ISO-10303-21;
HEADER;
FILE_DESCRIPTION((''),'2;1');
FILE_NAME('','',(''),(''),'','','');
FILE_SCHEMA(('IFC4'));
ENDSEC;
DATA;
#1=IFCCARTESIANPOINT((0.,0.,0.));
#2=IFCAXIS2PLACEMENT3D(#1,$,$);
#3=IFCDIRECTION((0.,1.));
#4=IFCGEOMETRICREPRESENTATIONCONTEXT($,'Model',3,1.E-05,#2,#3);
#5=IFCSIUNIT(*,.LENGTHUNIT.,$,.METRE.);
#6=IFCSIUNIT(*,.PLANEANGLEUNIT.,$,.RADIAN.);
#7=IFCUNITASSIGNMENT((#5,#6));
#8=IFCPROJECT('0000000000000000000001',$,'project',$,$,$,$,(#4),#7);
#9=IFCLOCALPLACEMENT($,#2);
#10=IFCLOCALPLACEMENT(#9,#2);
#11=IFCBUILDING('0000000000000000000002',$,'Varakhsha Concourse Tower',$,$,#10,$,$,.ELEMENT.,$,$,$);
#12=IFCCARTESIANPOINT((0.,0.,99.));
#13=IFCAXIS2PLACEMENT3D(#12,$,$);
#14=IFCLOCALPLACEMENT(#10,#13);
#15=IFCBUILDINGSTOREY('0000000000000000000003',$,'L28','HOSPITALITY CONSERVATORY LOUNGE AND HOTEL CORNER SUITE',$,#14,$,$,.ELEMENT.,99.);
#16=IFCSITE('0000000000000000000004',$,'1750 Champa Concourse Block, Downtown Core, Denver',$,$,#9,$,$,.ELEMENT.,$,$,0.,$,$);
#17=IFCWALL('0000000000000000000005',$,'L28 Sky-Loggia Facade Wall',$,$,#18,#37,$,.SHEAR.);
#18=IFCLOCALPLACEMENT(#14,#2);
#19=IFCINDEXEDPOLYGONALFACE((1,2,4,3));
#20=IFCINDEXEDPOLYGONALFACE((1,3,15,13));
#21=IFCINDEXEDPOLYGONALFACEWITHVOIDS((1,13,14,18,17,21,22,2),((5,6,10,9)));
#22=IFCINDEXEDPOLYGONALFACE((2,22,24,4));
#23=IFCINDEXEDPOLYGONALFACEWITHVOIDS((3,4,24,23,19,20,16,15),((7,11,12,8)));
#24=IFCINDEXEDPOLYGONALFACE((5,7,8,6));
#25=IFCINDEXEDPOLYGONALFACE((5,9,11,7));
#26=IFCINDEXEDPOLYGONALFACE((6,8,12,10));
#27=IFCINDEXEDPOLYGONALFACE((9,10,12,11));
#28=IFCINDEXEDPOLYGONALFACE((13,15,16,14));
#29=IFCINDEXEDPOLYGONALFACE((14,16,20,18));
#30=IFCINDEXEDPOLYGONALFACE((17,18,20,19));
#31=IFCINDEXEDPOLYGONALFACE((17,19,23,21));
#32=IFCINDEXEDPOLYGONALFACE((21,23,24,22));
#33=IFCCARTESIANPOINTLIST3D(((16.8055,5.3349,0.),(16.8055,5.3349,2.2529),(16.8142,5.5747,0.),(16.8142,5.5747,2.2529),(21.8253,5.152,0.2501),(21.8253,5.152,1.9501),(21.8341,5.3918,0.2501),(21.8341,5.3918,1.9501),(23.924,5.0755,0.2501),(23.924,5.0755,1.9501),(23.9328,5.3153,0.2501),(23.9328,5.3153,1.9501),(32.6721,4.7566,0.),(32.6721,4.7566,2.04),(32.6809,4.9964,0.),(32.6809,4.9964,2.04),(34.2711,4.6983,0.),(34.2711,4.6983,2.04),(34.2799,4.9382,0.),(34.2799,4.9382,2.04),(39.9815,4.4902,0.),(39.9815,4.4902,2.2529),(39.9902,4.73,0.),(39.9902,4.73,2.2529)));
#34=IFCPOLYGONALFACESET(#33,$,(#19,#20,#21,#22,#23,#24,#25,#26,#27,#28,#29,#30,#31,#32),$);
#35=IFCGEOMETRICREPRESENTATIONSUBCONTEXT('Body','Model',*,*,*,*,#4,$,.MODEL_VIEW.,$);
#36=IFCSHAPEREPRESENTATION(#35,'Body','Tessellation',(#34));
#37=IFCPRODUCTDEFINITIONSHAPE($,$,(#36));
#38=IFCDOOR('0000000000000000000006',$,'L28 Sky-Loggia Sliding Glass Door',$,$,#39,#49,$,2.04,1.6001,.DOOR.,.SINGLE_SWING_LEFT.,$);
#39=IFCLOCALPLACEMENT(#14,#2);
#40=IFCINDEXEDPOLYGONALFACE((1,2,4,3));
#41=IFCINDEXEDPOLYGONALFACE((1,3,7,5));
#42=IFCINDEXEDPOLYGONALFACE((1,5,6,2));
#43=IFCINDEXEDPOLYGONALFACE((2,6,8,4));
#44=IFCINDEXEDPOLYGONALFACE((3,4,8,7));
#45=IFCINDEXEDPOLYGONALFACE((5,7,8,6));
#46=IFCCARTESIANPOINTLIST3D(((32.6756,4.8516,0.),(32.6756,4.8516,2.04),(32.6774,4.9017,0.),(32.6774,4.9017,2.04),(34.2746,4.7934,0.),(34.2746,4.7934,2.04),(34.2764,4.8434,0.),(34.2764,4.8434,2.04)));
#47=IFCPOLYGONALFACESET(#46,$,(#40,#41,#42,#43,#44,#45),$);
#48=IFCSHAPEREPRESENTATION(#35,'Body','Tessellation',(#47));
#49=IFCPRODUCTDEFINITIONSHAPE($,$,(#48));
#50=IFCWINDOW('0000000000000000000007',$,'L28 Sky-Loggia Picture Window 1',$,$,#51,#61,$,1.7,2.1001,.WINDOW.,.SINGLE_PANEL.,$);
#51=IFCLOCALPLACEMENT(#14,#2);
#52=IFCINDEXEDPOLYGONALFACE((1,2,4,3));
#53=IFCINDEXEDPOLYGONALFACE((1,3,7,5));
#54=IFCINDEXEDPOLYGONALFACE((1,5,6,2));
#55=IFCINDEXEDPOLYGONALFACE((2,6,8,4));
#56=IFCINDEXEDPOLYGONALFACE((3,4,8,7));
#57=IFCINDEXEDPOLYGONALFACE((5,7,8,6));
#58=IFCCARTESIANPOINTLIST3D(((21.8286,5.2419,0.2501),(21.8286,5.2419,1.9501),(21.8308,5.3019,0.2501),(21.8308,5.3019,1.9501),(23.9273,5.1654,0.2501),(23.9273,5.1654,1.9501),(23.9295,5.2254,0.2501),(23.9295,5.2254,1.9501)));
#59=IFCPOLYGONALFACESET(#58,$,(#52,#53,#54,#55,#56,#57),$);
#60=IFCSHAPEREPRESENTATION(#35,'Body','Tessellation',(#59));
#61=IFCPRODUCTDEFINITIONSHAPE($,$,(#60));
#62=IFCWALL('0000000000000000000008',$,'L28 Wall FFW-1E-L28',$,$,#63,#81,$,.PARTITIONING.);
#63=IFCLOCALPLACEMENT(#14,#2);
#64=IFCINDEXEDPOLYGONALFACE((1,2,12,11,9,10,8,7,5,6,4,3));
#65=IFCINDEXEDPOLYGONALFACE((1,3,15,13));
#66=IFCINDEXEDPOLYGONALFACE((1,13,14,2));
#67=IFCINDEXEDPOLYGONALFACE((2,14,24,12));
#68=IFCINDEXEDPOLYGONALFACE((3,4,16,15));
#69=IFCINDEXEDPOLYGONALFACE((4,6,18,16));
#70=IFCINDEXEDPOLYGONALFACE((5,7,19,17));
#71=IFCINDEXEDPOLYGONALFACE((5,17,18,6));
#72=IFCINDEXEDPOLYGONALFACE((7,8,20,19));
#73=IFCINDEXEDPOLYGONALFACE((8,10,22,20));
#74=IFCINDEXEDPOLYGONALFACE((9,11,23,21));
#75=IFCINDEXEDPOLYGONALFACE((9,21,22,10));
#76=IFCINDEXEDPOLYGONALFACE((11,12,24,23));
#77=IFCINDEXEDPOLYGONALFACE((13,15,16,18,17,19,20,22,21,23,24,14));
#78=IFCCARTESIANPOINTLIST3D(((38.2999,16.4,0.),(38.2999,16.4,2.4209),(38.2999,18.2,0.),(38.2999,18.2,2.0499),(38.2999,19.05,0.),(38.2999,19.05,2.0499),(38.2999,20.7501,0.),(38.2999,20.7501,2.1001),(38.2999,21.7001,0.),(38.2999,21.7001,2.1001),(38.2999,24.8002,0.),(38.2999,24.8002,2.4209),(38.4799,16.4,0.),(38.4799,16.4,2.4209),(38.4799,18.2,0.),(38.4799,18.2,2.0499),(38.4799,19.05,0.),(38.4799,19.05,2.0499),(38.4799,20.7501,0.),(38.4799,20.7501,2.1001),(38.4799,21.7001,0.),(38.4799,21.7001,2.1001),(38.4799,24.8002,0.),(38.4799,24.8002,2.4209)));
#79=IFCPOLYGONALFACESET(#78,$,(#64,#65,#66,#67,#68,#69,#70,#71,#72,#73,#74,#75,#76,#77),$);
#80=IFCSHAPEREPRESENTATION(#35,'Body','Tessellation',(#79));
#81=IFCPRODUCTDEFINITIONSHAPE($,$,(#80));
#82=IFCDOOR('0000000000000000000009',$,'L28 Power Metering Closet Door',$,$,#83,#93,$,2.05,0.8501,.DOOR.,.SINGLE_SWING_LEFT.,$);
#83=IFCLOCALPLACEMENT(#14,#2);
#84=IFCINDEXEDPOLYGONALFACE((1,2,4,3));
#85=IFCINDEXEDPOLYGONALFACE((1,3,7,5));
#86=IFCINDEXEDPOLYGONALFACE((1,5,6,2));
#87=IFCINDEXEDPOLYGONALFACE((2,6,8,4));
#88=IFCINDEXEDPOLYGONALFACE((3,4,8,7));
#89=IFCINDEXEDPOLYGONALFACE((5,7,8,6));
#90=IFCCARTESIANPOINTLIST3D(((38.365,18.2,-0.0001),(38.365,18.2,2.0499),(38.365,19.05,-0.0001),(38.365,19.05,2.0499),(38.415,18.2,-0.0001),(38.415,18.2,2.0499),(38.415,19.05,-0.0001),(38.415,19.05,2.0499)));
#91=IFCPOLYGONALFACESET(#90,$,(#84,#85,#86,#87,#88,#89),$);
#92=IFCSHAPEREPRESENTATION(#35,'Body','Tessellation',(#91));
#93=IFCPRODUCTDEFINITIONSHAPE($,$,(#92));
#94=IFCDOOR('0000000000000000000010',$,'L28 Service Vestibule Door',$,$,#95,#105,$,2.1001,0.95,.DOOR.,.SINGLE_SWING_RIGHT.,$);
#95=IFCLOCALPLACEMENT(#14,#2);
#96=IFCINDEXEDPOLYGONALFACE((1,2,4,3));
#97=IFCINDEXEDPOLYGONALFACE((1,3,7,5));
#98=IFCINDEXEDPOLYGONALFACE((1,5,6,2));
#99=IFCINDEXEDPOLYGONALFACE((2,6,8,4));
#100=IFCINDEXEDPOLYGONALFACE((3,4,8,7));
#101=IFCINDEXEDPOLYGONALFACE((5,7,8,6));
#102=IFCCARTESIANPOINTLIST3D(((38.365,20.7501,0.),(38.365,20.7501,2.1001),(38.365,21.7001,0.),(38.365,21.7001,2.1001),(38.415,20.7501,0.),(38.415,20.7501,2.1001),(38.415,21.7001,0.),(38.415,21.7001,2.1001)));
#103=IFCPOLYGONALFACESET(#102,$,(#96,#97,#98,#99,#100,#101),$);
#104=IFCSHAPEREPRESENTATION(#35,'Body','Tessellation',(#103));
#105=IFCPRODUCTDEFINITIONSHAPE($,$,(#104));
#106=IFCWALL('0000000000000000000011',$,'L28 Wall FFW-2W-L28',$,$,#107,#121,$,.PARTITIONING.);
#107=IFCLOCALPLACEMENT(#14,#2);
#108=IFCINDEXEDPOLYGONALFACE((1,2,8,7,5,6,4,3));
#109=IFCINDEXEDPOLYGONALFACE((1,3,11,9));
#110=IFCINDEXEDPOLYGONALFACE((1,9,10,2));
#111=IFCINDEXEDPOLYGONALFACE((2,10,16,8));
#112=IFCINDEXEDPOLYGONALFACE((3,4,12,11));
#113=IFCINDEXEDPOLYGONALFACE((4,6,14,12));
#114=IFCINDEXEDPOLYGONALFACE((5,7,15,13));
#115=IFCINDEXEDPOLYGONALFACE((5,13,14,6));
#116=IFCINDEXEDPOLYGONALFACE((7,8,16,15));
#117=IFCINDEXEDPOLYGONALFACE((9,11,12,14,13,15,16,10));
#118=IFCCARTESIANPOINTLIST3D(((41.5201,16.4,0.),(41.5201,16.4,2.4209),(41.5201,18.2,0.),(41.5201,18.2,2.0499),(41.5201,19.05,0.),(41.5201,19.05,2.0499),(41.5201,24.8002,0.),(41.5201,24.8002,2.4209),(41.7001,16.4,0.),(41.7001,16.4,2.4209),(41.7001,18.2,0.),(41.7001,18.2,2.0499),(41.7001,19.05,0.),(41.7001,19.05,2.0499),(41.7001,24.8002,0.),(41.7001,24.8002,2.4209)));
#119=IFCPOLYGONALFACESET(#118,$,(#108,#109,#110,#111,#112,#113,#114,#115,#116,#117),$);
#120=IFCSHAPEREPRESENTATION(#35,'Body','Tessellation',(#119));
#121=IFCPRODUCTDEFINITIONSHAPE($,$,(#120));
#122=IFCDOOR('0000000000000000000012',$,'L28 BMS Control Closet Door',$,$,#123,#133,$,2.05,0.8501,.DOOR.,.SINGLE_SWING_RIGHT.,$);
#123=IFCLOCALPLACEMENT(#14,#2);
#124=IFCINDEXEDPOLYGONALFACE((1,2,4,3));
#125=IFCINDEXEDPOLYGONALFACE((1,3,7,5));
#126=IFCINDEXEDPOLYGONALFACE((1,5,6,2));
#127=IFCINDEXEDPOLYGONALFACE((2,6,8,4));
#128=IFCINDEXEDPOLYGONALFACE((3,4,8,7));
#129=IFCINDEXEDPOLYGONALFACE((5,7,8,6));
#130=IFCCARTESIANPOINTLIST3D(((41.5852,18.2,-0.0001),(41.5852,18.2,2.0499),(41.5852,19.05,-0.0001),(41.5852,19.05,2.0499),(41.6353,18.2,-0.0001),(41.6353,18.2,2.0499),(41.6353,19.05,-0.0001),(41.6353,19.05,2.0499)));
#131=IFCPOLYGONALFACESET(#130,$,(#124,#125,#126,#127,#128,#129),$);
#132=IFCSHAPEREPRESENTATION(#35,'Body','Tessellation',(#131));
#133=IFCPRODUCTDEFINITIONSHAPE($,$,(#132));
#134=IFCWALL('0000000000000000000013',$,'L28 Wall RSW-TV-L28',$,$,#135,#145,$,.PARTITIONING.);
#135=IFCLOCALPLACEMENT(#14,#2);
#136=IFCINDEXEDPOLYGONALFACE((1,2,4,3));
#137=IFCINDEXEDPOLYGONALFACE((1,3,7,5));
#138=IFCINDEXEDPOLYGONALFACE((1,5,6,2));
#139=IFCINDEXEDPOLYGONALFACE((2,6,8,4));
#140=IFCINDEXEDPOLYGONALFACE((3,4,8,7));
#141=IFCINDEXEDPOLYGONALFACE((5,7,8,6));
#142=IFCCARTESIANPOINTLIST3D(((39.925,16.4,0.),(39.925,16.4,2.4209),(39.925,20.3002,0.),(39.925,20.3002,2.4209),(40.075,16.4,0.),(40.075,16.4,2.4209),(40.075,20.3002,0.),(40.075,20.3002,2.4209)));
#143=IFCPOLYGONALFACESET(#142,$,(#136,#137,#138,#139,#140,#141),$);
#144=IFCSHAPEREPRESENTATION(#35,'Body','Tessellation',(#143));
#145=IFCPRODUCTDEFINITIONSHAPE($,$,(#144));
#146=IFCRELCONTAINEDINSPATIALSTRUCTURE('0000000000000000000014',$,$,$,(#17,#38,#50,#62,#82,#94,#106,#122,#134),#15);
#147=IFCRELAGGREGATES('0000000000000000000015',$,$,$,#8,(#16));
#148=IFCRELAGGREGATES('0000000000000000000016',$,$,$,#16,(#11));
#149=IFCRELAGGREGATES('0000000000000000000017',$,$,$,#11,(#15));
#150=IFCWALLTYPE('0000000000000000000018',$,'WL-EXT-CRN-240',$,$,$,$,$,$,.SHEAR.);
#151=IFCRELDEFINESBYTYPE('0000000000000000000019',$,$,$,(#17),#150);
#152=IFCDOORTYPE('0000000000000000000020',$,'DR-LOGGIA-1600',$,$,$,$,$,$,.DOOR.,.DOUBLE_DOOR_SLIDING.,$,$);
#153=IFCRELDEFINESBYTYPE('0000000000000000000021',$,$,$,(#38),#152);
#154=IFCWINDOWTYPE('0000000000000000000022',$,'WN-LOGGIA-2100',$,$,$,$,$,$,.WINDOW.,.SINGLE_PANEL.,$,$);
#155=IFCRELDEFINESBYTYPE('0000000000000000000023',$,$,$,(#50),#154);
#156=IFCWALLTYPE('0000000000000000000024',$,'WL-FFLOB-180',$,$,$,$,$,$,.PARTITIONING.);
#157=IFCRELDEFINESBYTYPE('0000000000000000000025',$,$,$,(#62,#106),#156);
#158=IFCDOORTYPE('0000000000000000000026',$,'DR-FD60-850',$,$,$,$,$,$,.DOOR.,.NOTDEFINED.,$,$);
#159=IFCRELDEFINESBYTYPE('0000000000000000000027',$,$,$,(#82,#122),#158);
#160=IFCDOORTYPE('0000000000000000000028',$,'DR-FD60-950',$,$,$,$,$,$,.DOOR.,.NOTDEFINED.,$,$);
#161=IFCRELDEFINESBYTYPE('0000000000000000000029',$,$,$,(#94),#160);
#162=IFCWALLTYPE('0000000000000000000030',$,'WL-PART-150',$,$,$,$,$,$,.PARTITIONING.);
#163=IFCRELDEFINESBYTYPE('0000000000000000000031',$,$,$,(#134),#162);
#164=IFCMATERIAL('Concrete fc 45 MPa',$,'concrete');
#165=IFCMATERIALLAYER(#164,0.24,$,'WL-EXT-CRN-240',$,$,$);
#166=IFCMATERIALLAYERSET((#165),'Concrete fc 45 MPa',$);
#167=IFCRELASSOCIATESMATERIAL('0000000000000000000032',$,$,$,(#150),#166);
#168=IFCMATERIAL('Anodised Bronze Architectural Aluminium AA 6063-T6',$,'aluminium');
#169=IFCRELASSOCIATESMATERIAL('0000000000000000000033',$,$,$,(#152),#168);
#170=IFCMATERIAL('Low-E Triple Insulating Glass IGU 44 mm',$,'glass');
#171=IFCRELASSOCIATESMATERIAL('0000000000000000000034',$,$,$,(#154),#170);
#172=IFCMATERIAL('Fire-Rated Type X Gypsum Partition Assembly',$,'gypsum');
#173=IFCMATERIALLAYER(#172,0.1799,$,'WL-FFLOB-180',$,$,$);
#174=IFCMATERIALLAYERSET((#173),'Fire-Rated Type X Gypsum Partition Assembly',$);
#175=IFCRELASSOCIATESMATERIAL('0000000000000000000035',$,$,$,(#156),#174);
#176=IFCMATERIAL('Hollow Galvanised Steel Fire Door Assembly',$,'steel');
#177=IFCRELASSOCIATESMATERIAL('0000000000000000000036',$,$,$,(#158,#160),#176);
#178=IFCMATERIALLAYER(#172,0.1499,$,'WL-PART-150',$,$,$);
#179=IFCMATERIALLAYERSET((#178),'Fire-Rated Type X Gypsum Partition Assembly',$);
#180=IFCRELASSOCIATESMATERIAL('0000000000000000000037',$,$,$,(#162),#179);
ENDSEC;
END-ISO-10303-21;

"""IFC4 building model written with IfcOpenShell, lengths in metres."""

from ifc_helpers import new_model, si_unit, direction, frame, frame_2d, origin, place, context, subcontext, project, spatial, rectangle, extrude, material, layer, layer_set, type_object, element, fill, save


model = new_model("IFC4")

# Units and contexts
model_context = context("Model", 3, precision=1e-05, world=origin(), true_north=direction((0.0, 1.0)))
body_context = subcontext(model_context, "Body", "Model", "MODEL_VIEW")
ifc_project = project(units=[si_unit("LENGTHUNIT", "METRE"), si_unit("PLANEANGLEUNIT", "RADIAN")], contexts=[model_context])

# Site, building, storey
site_placement = place(None, origin())
site = spatial("IfcSite", under=ifc_project, at=site_placement, Name="1750 Champa Concourse Block, Downtown Core, Denver", CompositionType="ELEMENT", RefElevation=0.0)
building_placement = place(site_placement, origin())
building = spatial("IfcBuilding", under=site, at=building_placement, Name="Varakhsha Concourse Tower", CompositionType="ELEMENT")
storey_placement = place(building_placement, frame((0.0, 0.0, 99.0)))
storey = spatial("IfcBuildingStorey", under=building, at=storey_placement, Name="L28", Description="HOSPITALITY CONSERVATORY LOUNGE AND HOTEL CORNER SUITE", CompositionType="ELEMENT", Elevation=99.0)

# Shared definitions
ifc_material_1 = material(Name="Anodised Bronze Architectural Aluminium AA 6063-T6", Category="aluminium")
ifc_material_2 = material(Name="Low-E Triple Insulating Glass IGU 44 mm", Category="glass")

# Wall, openings, door, window
ifc_material_3 = material(Name="Concrete fc 45 MPa", Category="concrete")
ifc_layer_1 = layer(ifc_material_3, 0.24, Name="WL-EXT-CRN-240")
ifc_layer_set_1 = layer_set([ifc_layer_1], Name="Concrete fc 45 MPa")
wall_type_1 = type_object("IfcWallType", Name="WL-EXT-CRN-240", PredefinedType="SHEAR", material=ifc_layer_set_1)
wall_1_placement = place(storey_placement, frame((39.9858, 4.6101, 0.0), z_axis=(0.0, 0.0, 1.0), x_axis=(-0.999336, 0.036424, 0.0)))
wall_1 = element("IfcWall", 1, at=wall_1_placement, inside=storey, type_object=wall_type_1, Name="L28 Sky-Loggia Facade Wall", PredefinedType="SHEAR", context=body_context, shape_type="SweptSolid", body=[
    extrude(rectangle(XDim=23.1914, YDim=0.24, at=frame_2d((11.5957, 0.0))), origin(), (0.0, 0.0, 1.0), 2.2529),
])
opening_1_placement = place(wall_1_placement, frame((5.7141, 0.0, 0.0)))
opening_1 = element("IfcOpeningElement", 2, at=opening_1_placement, cuts=wall_1, PredefinedType="OPENING", context=body_context, shape_type="SweptSolid", body=[
    extrude(rectangle(XDim=1.6001, YDim=2.04, at=frame_2d((0.8, 1.02))), frame((0.0, 0.1299, 0.0), z_axis=(0.0, -1.0, 0.0), x_axis=(1.0, 0.0, 0.0)), (0.0, 0.0, 1.0), 0.26),
])
opening_2_placement = place(wall_1_placement, frame((16.0681, 0.0, 0.25)))
opening_2 = element("IfcOpeningElement", 3, at=opening_2_placement, cuts=wall_1, PredefinedType="OPENING", context=body_context, shape_type="SweptSolid", body=[
    extrude(rectangle(XDim=2.1001, YDim=1.7, at=frame_2d((1.05, 0.8501))), frame((0.0, 0.1299, 0.0), z_axis=(0.0, -1.0, 0.0), x_axis=(1.0, 0.0, 0.0)), (0.0, 0.0, 1.0), 0.26),
])
door_type_1 = type_object("IfcDoorType", Name="DR-LOGGIA-1600", OperationType="DOUBLE_DOOR_SLIDING", PredefinedType="DOOR", material=ifc_material_1)
door_1_placement = place(opening_1_placement, origin())
door_1 = element("IfcDoor", 4, at=door_1_placement, inside=storey, type_object=door_type_1, Name="L28 Sky-Loggia Sliding Glass Door", OperationType="SINGLE_SWING_LEFT", OverallHeight=2.04, OverallWidth=1.6001, PredefinedType="DOOR", context=body_context, shape_type="SweptSolid", body=[
    extrude(rectangle(XDim=1.6001, YDim=2.04, at=frame_2d((0.8, 1.02))), frame((0.0, 0.0249, 0.0), z_axis=(0.0, -1.0, 0.0), x_axis=(1.0, 0.0, 0.0)), (0.0, 0.0, 1.0), 0.05),
])
fill(opening_1, door_1)
window_type = type_object("IfcWindowType", Name="WN-LOGGIA-2100", PartitioningType="SINGLE_PANEL", PredefinedType="WINDOW", material=ifc_material_2)
window_placement = place(opening_2_placement, origin())
window = element("IfcWindow", 5, at=window_placement, inside=storey, type_object=window_type, Name="L28 Sky-Loggia Picture Window 1", OverallHeight=1.7, OverallWidth=2.1001, PartitioningType="SINGLE_PANEL", PredefinedType="WINDOW", context=body_context, shape_type="SweptSolid", body=[
    extrude(rectangle(XDim=2.1001, YDim=1.7, at=frame_2d((1.05, 0.8501))), frame((0.0, 0.03, 0.0), z_axis=(0.0, -1.0, 0.0), x_axis=(1.0, 0.0, 0.0)), (0.0, 0.0, 1.0), 0.0601),
])
fill(opening_2, window)

# Wall, openings, doors
ifc_material_4 = material(Name="Fire-Rated Type X Gypsum Partition Assembly", Category="gypsum")
ifc_layer_2 = layer(ifc_material_4, 0.1799, Name="WL-FFLOB-180")
ifc_layer_set_2 = layer_set([ifc_layer_2], Name="Fire-Rated Type X Gypsum Partition Assembly")
wall_type_2 = type_object("IfcWallType", Name="WL-FFLOB-180", PredefinedType="PARTITIONING", material=ifc_layer_set_2)
wall_2_placement = place(storey_placement, frame((38.3899, 16.3999, 0.0), z_axis=(0.0, 0.0, 1.0), x_axis=(0.0, 1.0, 0.0)))
wall_2 = element("IfcWall", 6, at=wall_2_placement, inside=storey, type_object=wall_type_2, Name="L28 Wall FFW-1E-L28", PredefinedType="PARTITIONING", context=body_context, shape_type="SweptSolid", body=[
    extrude(rectangle(XDim=8.4001, YDim=0.1799, at=frame_2d((4.2002, 0.0))), origin(), (0.0, 0.0, 1.0), 2.4209),
])
opening_3_placement = place(wall_2_placement, frame((1.8, 0.0, 0.0)))
opening_3 = element("IfcOpeningElement", 7, at=opening_3_placement, cuts=wall_2, PredefinedType="OPENING", context=body_context, shape_type="SweptSolid", body=[
    extrude(rectangle(XDim=0.8501, YDim=2.05, at=frame_2d((0.425, 1.0249))), frame((0.0, 0.0999, 0.0), z_axis=(0.0, -1.0, 0.0), x_axis=(1.0, 0.0, 0.0)), (0.0, 0.0, 1.0), 0.2),
])
opening_4_placement = place(wall_2_placement, frame((4.3501, 0.0, 0.0)))
opening_4 = element("IfcOpeningElement", 8, at=opening_4_placement, cuts=wall_2, PredefinedType="OPENING", context=body_context, shape_type="SweptSolid", body=[
    extrude(rectangle(XDim=0.95, YDim=2.1001, at=frame_2d((0.4751, 1.05))), frame((0.0, 0.0999, 0.0), z_axis=(0.0, -1.0, 0.0), x_axis=(1.0, 0.0, 0.0)), (0.0, 0.0, 1.0), 0.2),
])
ifc_material_5 = material(Name="Hollow Galvanised Steel Fire Door Assembly", Category="steel")
door_type_2 = type_object("IfcDoorType", Name="DR-FD60-850", OperationType="NOTDEFINED", PredefinedType="DOOR", material=ifc_material_5)
door_2_placement = place(opening_3_placement, origin())
door_2 = element("IfcDoor", 9, at=door_2_placement, inside=storey, type_object=door_type_2, Name="L28 Power Metering Closet Door", OperationType="SINGLE_SWING_LEFT", OverallHeight=2.05, OverallWidth=0.8501, PredefinedType="DOOR", context=body_context, shape_type="SweptSolid", body=[
    extrude(rectangle(XDim=0.8501, YDim=2.05, at=frame_2d((0.425, 1.0249))), frame((0.0, 0.0249, 0.0), z_axis=(0.0, -1.0, 0.0), x_axis=(1.0, 0.0, 0.0)), (0.0, 0.0, 1.0), 0.05),
])
fill(opening_3, door_2)
door_type_3 = type_object("IfcDoorType", Name="DR-FD60-950", OperationType="NOTDEFINED", PredefinedType="DOOR", material=ifc_material_5)
door_3_placement = place(opening_4_placement, origin())
door_3 = element("IfcDoor", 10, at=door_3_placement, inside=storey, type_object=door_type_3, Name="L28 Service Vestibule Door", OperationType="SINGLE_SWING_RIGHT", OverallHeight=2.1001, OverallWidth=0.95, PredefinedType="DOOR", context=body_context, shape_type="SweptSolid", body=[
    extrude(rectangle(XDim=0.95, YDim=2.1001, at=frame_2d((0.4751, 1.05))), frame((0.0, 0.0249, 0.0), z_axis=(0.0, -1.0, 0.0), x_axis=(1.0, 0.0, 0.0)), (0.0, 0.0, 1.0), 0.05),
])
fill(opening_4, door_3)

# Wall, opening, door
wall_3_placement = place(storey_placement, frame((41.6101, 16.3999, 0.0), z_axis=(0.0, 0.0, 1.0), x_axis=(0.0, 1.0, 0.0)))
wall_3 = element("IfcWall", 11, at=wall_3_placement, inside=storey, type_object=wall_type_2, Name="L28 Wall FFW-2W-L28", PredefinedType="PARTITIONING", context=body_context, shape_type="SweptSolid", body=[
    extrude(rectangle(XDim=8.4001, YDim=0.1799, at=frame_2d((4.2002, 0.0))), origin(), (0.0, 0.0, 1.0), 2.4209),
])
opening_5_placement = place(wall_3_placement, frame((1.8, 0.0, 0.0)))
opening_5 = element("IfcOpeningElement", 12, at=opening_5_placement, cuts=wall_3, PredefinedType="OPENING", context=body_context, shape_type="SweptSolid", body=[
    extrude(rectangle(XDim=0.8501, YDim=2.05, at=frame_2d((0.425, 1.0249))), frame((0.0, 0.0999, 0.0), z_axis=(0.0, -1.0, 0.0), x_axis=(1.0, 0.0, 0.0)), (0.0, 0.0, 1.0), 0.2),
])
door_4_placement = place(opening_5_placement, origin())
door_4 = element("IfcDoor", 13, at=door_4_placement, inside=storey, type_object=door_type_2, Name="L28 BMS Control Closet Door", OperationType="SINGLE_SWING_RIGHT", OverallHeight=2.05, OverallWidth=0.8501, PredefinedType="DOOR", context=body_context, shape_type="SweptSolid", body=[
    extrude(rectangle(XDim=0.8501, YDim=2.05, at=frame_2d((0.425, 1.0249))), frame((0.0, 0.0249, 0.0), z_axis=(0.0, -1.0, 0.0), x_axis=(1.0, 0.0, 0.0)), (0.0, 0.0, 1.0), 0.05),
])
fill(opening_5, door_4)

# Wall
ifc_layer_3 = layer(ifc_material_4, 0.1499, Name="WL-PART-150")
ifc_layer_set_3 = layer_set([ifc_layer_3], Name="Fire-Rated Type X Gypsum Partition Assembly")
wall_type_3 = type_object("IfcWallType", Name="WL-PART-150", PredefinedType="PARTITIONING", material=ifc_layer_set_3)
wall_4_placement = place(storey_placement, frame((40.0, 16.3999, 0.0), z_axis=(0.0, 0.0, 1.0), x_axis=(0.0, 1.0, 0.0)))
element("IfcWall", 14, at=wall_4_placement, inside=storey, type_object=wall_type_3, Name="L28 Wall RSW-TV-L28", PredefinedType="PARTITIONING", context=body_context, shape_type="SweptSolid", body=[
    extrude(rectangle(XDim=3.9001, YDim=0.1499, at=frame_2d((1.9502, 0.0))), origin(), (0.0, 0.0, 1.0), 2.4209),
])

save(model, "model.ifc")
